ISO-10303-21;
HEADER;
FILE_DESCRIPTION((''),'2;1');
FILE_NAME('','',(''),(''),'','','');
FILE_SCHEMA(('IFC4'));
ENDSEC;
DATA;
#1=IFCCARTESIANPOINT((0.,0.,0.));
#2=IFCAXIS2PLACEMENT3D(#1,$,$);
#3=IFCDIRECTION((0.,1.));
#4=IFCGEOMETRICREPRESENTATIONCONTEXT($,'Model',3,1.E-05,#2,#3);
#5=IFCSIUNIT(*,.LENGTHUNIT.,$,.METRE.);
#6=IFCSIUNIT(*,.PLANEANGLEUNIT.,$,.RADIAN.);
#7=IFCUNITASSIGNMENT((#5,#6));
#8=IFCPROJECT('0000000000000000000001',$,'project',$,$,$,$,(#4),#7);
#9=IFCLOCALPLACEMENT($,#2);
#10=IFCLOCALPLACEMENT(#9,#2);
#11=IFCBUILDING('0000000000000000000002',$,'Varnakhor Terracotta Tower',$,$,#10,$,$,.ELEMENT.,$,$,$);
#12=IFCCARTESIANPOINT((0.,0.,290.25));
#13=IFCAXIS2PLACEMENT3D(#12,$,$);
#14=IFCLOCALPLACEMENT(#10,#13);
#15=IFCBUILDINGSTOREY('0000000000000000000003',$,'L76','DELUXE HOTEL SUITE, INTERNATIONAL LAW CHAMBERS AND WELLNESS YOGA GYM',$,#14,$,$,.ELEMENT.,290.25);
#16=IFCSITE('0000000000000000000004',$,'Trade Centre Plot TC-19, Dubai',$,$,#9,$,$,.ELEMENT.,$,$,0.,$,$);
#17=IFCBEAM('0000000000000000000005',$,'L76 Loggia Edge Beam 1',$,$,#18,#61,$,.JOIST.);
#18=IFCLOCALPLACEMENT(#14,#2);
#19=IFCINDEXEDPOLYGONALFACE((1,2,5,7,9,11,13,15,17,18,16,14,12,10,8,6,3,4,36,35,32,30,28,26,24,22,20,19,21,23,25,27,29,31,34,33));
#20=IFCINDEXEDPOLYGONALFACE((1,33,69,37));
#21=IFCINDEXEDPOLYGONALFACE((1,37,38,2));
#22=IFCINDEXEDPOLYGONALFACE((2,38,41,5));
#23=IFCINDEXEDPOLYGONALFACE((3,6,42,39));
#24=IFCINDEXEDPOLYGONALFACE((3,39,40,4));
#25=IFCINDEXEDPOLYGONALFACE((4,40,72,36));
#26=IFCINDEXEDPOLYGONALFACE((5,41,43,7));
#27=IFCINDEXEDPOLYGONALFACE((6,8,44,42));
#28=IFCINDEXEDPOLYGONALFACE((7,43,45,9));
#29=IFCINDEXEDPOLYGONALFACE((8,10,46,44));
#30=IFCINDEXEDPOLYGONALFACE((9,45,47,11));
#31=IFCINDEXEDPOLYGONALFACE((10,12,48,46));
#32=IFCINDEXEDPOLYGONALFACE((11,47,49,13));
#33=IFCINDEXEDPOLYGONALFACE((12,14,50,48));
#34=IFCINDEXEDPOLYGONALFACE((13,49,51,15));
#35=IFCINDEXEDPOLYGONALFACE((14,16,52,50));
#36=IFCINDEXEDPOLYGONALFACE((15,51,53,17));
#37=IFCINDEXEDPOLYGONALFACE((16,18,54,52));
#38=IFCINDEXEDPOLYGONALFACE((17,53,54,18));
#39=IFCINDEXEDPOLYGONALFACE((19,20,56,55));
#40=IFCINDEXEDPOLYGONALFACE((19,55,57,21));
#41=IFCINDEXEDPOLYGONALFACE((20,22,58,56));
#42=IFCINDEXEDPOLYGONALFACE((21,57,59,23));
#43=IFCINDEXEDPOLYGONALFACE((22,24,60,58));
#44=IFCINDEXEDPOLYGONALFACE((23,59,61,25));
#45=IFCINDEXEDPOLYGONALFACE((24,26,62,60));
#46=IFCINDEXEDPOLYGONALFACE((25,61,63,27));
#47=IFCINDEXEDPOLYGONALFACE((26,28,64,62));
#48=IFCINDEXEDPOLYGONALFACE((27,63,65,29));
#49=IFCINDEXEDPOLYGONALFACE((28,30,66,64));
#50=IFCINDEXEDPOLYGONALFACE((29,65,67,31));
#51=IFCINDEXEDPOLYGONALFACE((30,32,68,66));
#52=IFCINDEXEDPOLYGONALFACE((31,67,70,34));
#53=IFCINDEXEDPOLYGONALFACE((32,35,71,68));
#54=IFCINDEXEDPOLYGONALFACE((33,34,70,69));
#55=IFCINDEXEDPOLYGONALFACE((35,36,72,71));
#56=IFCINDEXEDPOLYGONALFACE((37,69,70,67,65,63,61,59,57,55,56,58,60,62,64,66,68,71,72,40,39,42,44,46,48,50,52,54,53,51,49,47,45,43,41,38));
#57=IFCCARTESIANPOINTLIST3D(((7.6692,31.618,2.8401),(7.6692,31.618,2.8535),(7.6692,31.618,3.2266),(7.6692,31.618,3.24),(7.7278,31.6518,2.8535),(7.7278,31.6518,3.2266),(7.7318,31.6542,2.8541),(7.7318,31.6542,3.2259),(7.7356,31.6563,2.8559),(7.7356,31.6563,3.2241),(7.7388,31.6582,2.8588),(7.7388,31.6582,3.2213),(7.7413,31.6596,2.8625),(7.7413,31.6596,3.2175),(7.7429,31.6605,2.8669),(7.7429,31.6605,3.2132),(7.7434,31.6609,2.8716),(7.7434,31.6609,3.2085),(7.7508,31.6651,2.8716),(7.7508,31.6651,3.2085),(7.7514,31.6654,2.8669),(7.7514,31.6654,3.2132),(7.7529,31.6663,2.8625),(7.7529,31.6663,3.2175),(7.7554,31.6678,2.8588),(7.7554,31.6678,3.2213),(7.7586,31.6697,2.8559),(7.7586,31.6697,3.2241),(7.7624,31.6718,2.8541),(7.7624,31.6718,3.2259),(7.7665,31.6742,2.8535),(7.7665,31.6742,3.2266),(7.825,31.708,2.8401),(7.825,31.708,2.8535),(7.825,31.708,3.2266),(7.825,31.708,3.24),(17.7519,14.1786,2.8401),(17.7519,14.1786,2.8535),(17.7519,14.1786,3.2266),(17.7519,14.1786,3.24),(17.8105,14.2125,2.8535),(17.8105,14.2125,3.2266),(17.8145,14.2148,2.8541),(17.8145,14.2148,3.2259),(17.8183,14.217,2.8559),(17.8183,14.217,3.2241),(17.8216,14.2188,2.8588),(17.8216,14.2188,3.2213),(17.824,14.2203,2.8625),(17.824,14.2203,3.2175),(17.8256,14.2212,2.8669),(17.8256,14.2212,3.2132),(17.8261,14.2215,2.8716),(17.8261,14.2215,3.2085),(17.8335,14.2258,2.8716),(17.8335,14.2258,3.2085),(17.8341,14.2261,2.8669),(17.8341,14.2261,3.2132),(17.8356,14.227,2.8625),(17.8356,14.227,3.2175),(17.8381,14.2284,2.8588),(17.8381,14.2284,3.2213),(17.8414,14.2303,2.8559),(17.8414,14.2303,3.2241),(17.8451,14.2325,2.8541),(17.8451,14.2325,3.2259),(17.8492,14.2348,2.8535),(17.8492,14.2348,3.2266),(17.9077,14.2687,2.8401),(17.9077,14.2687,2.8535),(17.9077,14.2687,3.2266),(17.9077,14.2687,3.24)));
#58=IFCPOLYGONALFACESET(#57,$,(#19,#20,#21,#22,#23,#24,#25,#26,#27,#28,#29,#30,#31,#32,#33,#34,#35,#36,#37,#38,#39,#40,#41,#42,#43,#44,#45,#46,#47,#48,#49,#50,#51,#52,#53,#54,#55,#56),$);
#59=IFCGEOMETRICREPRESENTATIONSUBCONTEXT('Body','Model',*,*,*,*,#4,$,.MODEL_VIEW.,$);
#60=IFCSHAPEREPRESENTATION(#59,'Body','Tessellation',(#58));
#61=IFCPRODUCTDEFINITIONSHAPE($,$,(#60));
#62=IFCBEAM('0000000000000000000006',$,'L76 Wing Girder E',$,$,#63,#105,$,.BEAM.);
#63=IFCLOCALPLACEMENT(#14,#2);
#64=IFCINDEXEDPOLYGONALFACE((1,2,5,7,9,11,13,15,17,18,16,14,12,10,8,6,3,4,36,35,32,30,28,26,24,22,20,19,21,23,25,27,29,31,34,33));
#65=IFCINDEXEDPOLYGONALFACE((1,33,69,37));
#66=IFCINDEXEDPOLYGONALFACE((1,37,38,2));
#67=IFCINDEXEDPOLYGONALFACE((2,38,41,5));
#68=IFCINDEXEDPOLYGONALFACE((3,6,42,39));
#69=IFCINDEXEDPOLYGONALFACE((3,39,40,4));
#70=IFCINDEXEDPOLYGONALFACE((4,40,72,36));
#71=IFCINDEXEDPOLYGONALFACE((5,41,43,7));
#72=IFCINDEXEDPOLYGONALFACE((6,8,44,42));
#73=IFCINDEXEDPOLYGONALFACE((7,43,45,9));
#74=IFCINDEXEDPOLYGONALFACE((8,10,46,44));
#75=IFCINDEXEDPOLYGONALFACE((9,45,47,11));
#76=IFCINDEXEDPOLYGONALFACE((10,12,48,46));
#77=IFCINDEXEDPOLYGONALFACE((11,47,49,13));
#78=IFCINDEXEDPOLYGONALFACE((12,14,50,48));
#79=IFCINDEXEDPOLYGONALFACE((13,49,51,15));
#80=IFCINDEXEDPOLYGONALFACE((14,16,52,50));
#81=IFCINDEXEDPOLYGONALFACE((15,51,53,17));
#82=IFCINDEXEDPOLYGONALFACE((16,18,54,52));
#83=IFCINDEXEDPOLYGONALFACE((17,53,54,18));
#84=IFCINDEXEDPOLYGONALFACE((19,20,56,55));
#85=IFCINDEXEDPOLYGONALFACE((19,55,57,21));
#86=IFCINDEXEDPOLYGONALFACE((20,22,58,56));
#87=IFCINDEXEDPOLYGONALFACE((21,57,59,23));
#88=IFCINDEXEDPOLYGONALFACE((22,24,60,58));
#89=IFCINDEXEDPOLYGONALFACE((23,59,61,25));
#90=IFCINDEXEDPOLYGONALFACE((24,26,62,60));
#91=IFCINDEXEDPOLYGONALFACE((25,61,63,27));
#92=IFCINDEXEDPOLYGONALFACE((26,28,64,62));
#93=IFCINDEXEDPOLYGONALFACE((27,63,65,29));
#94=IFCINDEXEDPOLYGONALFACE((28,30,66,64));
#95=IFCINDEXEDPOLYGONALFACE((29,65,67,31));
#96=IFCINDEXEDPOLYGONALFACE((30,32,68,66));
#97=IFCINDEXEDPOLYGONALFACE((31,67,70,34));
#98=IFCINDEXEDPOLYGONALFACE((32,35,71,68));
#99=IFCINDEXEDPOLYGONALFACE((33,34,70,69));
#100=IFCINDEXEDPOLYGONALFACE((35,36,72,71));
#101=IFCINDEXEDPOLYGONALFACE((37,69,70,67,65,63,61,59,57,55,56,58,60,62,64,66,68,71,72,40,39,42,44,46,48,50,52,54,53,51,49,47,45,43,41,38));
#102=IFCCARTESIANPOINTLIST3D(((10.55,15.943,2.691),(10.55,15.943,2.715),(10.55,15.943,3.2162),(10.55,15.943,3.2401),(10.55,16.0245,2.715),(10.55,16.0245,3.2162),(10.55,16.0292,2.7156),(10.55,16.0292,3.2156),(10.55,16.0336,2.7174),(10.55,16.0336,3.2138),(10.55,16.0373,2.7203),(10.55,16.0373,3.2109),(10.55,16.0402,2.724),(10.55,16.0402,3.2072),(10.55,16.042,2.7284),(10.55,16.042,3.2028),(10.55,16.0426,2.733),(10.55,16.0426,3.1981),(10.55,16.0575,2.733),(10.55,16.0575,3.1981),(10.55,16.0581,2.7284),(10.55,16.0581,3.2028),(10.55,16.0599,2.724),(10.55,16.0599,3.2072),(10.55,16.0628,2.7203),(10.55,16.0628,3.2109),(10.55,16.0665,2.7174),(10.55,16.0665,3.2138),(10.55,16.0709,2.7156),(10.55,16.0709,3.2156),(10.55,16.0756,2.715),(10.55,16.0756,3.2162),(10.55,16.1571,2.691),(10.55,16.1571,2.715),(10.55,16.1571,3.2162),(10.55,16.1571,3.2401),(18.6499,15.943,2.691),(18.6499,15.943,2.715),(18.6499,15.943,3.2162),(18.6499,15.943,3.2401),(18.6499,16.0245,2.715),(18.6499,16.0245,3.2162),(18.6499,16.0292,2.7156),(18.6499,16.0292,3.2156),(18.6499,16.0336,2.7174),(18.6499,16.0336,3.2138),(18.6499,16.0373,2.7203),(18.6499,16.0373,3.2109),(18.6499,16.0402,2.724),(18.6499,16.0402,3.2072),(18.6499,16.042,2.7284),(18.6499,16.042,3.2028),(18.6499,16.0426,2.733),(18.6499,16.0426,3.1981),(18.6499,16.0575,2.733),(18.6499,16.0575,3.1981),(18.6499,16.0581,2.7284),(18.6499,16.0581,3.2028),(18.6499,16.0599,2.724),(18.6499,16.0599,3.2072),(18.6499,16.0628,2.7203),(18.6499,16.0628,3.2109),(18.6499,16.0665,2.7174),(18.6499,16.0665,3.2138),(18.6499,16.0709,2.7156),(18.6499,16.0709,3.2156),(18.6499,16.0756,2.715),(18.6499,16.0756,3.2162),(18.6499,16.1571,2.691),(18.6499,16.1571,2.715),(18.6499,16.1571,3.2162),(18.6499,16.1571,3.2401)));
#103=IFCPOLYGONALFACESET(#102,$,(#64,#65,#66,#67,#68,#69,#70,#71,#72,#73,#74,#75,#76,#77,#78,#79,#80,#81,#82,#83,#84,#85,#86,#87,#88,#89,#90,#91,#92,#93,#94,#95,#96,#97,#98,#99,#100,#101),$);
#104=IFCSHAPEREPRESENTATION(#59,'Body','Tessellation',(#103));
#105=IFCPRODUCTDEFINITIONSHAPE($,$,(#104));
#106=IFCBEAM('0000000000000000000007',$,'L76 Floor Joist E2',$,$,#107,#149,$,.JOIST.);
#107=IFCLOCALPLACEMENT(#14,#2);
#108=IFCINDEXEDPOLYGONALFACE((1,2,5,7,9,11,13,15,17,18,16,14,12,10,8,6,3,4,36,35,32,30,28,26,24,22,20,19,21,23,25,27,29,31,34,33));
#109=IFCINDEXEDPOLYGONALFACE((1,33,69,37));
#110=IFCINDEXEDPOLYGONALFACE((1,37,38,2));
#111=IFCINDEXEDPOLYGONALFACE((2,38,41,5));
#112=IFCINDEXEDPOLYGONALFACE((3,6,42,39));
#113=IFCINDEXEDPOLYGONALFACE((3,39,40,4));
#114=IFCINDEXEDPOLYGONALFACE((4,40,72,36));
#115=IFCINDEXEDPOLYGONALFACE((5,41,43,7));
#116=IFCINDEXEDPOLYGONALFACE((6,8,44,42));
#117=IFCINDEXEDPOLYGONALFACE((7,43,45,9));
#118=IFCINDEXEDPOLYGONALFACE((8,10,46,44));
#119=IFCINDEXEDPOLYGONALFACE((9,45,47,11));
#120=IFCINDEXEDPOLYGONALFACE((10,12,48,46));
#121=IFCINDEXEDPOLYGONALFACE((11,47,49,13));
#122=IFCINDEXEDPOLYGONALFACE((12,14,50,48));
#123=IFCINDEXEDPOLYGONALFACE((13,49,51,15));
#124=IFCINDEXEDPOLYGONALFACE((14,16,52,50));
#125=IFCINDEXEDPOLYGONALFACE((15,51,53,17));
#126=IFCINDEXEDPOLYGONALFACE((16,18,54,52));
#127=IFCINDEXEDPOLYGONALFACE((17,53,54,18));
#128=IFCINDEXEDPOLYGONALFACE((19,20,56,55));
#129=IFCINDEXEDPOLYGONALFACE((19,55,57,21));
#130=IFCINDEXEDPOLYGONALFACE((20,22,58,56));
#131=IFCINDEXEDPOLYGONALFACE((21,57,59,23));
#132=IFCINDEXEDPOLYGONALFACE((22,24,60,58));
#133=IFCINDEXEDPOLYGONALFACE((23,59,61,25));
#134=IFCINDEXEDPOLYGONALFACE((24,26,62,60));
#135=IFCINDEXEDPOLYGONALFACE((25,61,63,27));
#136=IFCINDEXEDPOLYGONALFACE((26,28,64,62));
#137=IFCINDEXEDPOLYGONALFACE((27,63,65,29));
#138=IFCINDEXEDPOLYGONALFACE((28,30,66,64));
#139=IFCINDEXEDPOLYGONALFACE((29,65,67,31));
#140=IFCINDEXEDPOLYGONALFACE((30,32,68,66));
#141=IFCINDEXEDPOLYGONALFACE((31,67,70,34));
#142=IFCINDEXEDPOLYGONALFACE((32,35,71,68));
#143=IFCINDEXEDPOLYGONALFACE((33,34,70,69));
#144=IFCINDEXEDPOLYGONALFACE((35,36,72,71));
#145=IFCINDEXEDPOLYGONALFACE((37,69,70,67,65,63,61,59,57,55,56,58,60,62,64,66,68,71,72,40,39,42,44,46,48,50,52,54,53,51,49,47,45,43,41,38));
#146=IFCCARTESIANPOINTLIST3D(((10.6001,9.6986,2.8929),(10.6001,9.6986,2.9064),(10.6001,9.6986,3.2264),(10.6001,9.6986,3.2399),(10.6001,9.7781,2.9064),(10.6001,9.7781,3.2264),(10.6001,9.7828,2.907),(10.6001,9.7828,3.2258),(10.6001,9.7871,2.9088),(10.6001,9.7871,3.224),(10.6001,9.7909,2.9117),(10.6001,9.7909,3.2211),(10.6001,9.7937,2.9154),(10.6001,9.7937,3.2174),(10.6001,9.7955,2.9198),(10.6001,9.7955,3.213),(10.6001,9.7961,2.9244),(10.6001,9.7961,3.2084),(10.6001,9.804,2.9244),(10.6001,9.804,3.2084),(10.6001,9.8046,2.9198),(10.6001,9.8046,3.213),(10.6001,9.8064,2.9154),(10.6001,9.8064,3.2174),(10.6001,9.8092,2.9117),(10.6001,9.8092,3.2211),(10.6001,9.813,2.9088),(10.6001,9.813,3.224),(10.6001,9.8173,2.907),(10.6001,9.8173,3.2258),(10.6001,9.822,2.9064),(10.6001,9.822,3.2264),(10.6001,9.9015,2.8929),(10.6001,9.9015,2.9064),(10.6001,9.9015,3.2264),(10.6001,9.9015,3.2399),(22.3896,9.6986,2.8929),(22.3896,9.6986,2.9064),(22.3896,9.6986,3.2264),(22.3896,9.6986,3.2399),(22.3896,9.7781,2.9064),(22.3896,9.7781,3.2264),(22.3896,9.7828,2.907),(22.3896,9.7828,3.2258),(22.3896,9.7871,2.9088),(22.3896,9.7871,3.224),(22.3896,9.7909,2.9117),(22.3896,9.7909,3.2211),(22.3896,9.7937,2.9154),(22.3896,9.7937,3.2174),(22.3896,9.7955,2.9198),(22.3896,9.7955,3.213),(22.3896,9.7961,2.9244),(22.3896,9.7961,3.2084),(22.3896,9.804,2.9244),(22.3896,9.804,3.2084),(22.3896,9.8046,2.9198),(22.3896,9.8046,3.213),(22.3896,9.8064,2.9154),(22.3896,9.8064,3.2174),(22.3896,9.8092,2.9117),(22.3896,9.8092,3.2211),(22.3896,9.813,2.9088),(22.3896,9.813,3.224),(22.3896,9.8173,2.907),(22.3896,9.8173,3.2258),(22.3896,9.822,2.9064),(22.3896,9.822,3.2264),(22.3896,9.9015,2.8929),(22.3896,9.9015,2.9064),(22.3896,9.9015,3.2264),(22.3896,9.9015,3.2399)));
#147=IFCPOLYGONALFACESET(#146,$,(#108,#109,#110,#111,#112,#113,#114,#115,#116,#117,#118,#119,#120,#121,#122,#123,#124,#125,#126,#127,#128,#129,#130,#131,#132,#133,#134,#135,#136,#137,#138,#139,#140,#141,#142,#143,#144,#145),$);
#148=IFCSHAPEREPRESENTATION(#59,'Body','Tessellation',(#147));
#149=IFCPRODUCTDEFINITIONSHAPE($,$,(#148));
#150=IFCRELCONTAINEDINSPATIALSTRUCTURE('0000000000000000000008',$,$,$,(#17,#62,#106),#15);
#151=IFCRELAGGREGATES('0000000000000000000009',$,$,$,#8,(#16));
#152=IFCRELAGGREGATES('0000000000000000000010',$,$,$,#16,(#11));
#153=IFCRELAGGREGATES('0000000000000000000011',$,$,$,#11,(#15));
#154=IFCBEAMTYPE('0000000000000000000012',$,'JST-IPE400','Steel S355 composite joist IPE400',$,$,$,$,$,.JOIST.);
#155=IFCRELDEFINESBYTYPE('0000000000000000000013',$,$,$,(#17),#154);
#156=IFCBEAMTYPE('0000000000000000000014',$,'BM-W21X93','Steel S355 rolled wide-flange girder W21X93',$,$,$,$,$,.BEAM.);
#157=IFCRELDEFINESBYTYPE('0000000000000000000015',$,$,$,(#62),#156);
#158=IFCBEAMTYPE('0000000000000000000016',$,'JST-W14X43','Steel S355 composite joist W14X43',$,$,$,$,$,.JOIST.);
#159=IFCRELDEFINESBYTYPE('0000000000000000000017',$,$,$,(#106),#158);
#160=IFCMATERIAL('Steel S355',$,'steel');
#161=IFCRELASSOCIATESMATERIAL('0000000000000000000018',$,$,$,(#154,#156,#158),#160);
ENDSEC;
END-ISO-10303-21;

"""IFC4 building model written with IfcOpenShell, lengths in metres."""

from ifc_helpers import new_model, si_unit, direction, frame, origin, origin_2d, place, context, subcontext, project, spatial, i_section, extrude, source, transform, mapped, material, material_profile, profile_set, type_object, element, save


model = new_model("IFC4")

# Units and contexts
model_context = context("Model", 3, precision=1e-05, world=origin(), true_north=direction((0.0, 1.0)))
body_context = subcontext(model_context, "Body", "Model", "MODEL_VIEW")
ifc_project = project(units=[si_unit("LENGTHUNIT", "METRE"), si_unit("PLANEANGLEUNIT", "RADIAN")], contexts=[model_context])

# Site, building, storey
site_placement = place(None, origin())
site = spatial("IfcSite", under=ifc_project, at=site_placement, Name="Trade Centre Plot TC-19, Dubai", CompositionType="ELEMENT", RefElevation=0.0)
building_placement = place(site_placement, origin())
building = spatial("IfcBuilding", under=site, at=building_placement, Name="Varnakhor Terracotta Tower", CompositionType="ELEMENT")
storey_placement = place(building_placement, frame((0.0, 0.0, 290.25)))
storey = spatial("IfcBuildingStorey", under=building, at=storey_placement, Name="L76", Description="DELUXE HOTEL SUITE, INTERNATIONAL LAW CHAMBERS AND WELLNESS YOGA GYM", CompositionType="ELEMENT", Elevation=290.25)

# Beams
ifc_material_1 = material(Name="Steel S355", Category="steel")
ifc_material_profile_1 = material_profile(ifc_material_1, i_section(OverallWidth=0.1799, OverallDepth=0.3999, WebThickness=0.0085, FlangeThickness=0.0134, FilletRadius=0.0181, at=origin_2d()), Name="IPE400")
ifc_profile_set_1 = profile_set([ifc_material_profile_1], Name="Steel S355")
beam_type_1 = type_object("IfcBeamType", Name="JST-IPE400", Description="Steel S355 composite joist IPE400", PredefinedType="JOIST", material=ifc_profile_set_1)
shared_shape_1 = source(origin(), body_context, "Body", "SweptSolid", [
    extrude(i_section(OverallWidth=0.1799, OverallDepth=0.3999, WebThickness=0.0085, FlangeThickness=0.0134, FilletRadius=0.0181, at=origin_2d()), origin(), (0.0, 0.0, 1.0), 20.1443),
])
beam_1_placement = place(storey_placement, frame((17.8298, 14.2236, 3.04), z_axis=(-0.500525, 0.865722, 0.0), x_axis=(-0.865722, -0.500525, 0.0)))
element("IfcBeam", 1, at=beam_1_placement, inside=storey, type_object=beam_type_1, Name="L76 Loggia Edge Beam 1", PredefinedType="JOIST", context=body_context, shape_type="MappedRepresentation", body=[
    mapped(shared_shape_1, transform((0.0, 0.0, 0.0), scale=1.0)),
])
ifc_material_profile_2 = material_profile(ifc_material_1, i_section(OverallWidth=0.2141, OverallDepth=0.5491, WebThickness=0.0149, FlangeThickness=0.0239, FilletRadius=0.0181, at=origin_2d()), Name="W21X93")
ifc_profile_set_2 = profile_set([ifc_material_profile_2], Name="Steel S355")
beam_type_2 = type_object("IfcBeamType", Name="BM-W21X93", Description="Steel S355 rolled wide-flange girder W21X93", PredefinedType="BEAM", material=ifc_profile_set_2)
shared_shape_2 = source(origin(), body_context, "Body", "SweptSolid", [
    extrude(i_section(OverallWidth=0.2141, OverallDepth=0.5491, WebThickness=0.0149, FlangeThickness=0.0239, FilletRadius=0.0181, at=origin_2d()), origin(), (0.0, 0.0, 1.0), 8.0999),
])
beam_2_placement = place(storey_placement, frame((10.55, 16.05, 2.9656), z_axis=(1.0, 0.0, 0.0), x_axis=(0.0, 1.0, 0.0)))
element("IfcBeam", 2, at=beam_2_placement, inside=storey, type_object=beam_type_2, Name="L76 Wing Girder E", PredefinedType="BEAM", context=body_context, shape_type="MappedRepresentation", body=[
    mapped(shared_shape_2, transform((0.0, 0.0, 0.0), scale=1.0)),
])
ifc_material_profile_3 = material_profile(ifc_material_1, i_section(OverallWidth=0.2029, OverallDepth=0.3469, WebThickness=0.0078, FlangeThickness=0.0134, FilletRadius=0.0181, at=origin_2d()), Name="W14X43")
ifc_profile_set_3 = profile_set([ifc_material_profile_3], Name="Steel S355")
beam_type_3 = type_object("IfcBeamType", Name="JST-W14X43", Description="Steel S355 composite joist W14X43", PredefinedType="JOIST", material=ifc_profile_set_3)
shared_shape_3 = source(origin(), body_context, "Body", "SweptSolid", [
    extrude(i_section(OverallWidth=0.2029, OverallDepth=0.3469, WebThickness=0.0078, FlangeThickness=0.0134, FilletRadius=0.0181, at=origin_2d()), origin(), (0.0, 0.0, 1.0), 11.7896),
])
beam_3_placement = place(storey_placement, frame((10.6001, 9.8, 3.0664), z_axis=(1.0, 0.0, 0.0), x_axis=(0.0, 1.0, 0.0)))
element("IfcBeam", 3, at=beam_3_placement, inside=storey, type_object=beam_type_3, Name="L76 Floor Joist E2", PredefinedType="JOIST", context=body_context, shape_type="MappedRepresentation", body=[
    mapped(shared_shape_3, transform((0.0, 0.0, 0.0), scale=1.0)),
])

save(model, "model.ifc")
